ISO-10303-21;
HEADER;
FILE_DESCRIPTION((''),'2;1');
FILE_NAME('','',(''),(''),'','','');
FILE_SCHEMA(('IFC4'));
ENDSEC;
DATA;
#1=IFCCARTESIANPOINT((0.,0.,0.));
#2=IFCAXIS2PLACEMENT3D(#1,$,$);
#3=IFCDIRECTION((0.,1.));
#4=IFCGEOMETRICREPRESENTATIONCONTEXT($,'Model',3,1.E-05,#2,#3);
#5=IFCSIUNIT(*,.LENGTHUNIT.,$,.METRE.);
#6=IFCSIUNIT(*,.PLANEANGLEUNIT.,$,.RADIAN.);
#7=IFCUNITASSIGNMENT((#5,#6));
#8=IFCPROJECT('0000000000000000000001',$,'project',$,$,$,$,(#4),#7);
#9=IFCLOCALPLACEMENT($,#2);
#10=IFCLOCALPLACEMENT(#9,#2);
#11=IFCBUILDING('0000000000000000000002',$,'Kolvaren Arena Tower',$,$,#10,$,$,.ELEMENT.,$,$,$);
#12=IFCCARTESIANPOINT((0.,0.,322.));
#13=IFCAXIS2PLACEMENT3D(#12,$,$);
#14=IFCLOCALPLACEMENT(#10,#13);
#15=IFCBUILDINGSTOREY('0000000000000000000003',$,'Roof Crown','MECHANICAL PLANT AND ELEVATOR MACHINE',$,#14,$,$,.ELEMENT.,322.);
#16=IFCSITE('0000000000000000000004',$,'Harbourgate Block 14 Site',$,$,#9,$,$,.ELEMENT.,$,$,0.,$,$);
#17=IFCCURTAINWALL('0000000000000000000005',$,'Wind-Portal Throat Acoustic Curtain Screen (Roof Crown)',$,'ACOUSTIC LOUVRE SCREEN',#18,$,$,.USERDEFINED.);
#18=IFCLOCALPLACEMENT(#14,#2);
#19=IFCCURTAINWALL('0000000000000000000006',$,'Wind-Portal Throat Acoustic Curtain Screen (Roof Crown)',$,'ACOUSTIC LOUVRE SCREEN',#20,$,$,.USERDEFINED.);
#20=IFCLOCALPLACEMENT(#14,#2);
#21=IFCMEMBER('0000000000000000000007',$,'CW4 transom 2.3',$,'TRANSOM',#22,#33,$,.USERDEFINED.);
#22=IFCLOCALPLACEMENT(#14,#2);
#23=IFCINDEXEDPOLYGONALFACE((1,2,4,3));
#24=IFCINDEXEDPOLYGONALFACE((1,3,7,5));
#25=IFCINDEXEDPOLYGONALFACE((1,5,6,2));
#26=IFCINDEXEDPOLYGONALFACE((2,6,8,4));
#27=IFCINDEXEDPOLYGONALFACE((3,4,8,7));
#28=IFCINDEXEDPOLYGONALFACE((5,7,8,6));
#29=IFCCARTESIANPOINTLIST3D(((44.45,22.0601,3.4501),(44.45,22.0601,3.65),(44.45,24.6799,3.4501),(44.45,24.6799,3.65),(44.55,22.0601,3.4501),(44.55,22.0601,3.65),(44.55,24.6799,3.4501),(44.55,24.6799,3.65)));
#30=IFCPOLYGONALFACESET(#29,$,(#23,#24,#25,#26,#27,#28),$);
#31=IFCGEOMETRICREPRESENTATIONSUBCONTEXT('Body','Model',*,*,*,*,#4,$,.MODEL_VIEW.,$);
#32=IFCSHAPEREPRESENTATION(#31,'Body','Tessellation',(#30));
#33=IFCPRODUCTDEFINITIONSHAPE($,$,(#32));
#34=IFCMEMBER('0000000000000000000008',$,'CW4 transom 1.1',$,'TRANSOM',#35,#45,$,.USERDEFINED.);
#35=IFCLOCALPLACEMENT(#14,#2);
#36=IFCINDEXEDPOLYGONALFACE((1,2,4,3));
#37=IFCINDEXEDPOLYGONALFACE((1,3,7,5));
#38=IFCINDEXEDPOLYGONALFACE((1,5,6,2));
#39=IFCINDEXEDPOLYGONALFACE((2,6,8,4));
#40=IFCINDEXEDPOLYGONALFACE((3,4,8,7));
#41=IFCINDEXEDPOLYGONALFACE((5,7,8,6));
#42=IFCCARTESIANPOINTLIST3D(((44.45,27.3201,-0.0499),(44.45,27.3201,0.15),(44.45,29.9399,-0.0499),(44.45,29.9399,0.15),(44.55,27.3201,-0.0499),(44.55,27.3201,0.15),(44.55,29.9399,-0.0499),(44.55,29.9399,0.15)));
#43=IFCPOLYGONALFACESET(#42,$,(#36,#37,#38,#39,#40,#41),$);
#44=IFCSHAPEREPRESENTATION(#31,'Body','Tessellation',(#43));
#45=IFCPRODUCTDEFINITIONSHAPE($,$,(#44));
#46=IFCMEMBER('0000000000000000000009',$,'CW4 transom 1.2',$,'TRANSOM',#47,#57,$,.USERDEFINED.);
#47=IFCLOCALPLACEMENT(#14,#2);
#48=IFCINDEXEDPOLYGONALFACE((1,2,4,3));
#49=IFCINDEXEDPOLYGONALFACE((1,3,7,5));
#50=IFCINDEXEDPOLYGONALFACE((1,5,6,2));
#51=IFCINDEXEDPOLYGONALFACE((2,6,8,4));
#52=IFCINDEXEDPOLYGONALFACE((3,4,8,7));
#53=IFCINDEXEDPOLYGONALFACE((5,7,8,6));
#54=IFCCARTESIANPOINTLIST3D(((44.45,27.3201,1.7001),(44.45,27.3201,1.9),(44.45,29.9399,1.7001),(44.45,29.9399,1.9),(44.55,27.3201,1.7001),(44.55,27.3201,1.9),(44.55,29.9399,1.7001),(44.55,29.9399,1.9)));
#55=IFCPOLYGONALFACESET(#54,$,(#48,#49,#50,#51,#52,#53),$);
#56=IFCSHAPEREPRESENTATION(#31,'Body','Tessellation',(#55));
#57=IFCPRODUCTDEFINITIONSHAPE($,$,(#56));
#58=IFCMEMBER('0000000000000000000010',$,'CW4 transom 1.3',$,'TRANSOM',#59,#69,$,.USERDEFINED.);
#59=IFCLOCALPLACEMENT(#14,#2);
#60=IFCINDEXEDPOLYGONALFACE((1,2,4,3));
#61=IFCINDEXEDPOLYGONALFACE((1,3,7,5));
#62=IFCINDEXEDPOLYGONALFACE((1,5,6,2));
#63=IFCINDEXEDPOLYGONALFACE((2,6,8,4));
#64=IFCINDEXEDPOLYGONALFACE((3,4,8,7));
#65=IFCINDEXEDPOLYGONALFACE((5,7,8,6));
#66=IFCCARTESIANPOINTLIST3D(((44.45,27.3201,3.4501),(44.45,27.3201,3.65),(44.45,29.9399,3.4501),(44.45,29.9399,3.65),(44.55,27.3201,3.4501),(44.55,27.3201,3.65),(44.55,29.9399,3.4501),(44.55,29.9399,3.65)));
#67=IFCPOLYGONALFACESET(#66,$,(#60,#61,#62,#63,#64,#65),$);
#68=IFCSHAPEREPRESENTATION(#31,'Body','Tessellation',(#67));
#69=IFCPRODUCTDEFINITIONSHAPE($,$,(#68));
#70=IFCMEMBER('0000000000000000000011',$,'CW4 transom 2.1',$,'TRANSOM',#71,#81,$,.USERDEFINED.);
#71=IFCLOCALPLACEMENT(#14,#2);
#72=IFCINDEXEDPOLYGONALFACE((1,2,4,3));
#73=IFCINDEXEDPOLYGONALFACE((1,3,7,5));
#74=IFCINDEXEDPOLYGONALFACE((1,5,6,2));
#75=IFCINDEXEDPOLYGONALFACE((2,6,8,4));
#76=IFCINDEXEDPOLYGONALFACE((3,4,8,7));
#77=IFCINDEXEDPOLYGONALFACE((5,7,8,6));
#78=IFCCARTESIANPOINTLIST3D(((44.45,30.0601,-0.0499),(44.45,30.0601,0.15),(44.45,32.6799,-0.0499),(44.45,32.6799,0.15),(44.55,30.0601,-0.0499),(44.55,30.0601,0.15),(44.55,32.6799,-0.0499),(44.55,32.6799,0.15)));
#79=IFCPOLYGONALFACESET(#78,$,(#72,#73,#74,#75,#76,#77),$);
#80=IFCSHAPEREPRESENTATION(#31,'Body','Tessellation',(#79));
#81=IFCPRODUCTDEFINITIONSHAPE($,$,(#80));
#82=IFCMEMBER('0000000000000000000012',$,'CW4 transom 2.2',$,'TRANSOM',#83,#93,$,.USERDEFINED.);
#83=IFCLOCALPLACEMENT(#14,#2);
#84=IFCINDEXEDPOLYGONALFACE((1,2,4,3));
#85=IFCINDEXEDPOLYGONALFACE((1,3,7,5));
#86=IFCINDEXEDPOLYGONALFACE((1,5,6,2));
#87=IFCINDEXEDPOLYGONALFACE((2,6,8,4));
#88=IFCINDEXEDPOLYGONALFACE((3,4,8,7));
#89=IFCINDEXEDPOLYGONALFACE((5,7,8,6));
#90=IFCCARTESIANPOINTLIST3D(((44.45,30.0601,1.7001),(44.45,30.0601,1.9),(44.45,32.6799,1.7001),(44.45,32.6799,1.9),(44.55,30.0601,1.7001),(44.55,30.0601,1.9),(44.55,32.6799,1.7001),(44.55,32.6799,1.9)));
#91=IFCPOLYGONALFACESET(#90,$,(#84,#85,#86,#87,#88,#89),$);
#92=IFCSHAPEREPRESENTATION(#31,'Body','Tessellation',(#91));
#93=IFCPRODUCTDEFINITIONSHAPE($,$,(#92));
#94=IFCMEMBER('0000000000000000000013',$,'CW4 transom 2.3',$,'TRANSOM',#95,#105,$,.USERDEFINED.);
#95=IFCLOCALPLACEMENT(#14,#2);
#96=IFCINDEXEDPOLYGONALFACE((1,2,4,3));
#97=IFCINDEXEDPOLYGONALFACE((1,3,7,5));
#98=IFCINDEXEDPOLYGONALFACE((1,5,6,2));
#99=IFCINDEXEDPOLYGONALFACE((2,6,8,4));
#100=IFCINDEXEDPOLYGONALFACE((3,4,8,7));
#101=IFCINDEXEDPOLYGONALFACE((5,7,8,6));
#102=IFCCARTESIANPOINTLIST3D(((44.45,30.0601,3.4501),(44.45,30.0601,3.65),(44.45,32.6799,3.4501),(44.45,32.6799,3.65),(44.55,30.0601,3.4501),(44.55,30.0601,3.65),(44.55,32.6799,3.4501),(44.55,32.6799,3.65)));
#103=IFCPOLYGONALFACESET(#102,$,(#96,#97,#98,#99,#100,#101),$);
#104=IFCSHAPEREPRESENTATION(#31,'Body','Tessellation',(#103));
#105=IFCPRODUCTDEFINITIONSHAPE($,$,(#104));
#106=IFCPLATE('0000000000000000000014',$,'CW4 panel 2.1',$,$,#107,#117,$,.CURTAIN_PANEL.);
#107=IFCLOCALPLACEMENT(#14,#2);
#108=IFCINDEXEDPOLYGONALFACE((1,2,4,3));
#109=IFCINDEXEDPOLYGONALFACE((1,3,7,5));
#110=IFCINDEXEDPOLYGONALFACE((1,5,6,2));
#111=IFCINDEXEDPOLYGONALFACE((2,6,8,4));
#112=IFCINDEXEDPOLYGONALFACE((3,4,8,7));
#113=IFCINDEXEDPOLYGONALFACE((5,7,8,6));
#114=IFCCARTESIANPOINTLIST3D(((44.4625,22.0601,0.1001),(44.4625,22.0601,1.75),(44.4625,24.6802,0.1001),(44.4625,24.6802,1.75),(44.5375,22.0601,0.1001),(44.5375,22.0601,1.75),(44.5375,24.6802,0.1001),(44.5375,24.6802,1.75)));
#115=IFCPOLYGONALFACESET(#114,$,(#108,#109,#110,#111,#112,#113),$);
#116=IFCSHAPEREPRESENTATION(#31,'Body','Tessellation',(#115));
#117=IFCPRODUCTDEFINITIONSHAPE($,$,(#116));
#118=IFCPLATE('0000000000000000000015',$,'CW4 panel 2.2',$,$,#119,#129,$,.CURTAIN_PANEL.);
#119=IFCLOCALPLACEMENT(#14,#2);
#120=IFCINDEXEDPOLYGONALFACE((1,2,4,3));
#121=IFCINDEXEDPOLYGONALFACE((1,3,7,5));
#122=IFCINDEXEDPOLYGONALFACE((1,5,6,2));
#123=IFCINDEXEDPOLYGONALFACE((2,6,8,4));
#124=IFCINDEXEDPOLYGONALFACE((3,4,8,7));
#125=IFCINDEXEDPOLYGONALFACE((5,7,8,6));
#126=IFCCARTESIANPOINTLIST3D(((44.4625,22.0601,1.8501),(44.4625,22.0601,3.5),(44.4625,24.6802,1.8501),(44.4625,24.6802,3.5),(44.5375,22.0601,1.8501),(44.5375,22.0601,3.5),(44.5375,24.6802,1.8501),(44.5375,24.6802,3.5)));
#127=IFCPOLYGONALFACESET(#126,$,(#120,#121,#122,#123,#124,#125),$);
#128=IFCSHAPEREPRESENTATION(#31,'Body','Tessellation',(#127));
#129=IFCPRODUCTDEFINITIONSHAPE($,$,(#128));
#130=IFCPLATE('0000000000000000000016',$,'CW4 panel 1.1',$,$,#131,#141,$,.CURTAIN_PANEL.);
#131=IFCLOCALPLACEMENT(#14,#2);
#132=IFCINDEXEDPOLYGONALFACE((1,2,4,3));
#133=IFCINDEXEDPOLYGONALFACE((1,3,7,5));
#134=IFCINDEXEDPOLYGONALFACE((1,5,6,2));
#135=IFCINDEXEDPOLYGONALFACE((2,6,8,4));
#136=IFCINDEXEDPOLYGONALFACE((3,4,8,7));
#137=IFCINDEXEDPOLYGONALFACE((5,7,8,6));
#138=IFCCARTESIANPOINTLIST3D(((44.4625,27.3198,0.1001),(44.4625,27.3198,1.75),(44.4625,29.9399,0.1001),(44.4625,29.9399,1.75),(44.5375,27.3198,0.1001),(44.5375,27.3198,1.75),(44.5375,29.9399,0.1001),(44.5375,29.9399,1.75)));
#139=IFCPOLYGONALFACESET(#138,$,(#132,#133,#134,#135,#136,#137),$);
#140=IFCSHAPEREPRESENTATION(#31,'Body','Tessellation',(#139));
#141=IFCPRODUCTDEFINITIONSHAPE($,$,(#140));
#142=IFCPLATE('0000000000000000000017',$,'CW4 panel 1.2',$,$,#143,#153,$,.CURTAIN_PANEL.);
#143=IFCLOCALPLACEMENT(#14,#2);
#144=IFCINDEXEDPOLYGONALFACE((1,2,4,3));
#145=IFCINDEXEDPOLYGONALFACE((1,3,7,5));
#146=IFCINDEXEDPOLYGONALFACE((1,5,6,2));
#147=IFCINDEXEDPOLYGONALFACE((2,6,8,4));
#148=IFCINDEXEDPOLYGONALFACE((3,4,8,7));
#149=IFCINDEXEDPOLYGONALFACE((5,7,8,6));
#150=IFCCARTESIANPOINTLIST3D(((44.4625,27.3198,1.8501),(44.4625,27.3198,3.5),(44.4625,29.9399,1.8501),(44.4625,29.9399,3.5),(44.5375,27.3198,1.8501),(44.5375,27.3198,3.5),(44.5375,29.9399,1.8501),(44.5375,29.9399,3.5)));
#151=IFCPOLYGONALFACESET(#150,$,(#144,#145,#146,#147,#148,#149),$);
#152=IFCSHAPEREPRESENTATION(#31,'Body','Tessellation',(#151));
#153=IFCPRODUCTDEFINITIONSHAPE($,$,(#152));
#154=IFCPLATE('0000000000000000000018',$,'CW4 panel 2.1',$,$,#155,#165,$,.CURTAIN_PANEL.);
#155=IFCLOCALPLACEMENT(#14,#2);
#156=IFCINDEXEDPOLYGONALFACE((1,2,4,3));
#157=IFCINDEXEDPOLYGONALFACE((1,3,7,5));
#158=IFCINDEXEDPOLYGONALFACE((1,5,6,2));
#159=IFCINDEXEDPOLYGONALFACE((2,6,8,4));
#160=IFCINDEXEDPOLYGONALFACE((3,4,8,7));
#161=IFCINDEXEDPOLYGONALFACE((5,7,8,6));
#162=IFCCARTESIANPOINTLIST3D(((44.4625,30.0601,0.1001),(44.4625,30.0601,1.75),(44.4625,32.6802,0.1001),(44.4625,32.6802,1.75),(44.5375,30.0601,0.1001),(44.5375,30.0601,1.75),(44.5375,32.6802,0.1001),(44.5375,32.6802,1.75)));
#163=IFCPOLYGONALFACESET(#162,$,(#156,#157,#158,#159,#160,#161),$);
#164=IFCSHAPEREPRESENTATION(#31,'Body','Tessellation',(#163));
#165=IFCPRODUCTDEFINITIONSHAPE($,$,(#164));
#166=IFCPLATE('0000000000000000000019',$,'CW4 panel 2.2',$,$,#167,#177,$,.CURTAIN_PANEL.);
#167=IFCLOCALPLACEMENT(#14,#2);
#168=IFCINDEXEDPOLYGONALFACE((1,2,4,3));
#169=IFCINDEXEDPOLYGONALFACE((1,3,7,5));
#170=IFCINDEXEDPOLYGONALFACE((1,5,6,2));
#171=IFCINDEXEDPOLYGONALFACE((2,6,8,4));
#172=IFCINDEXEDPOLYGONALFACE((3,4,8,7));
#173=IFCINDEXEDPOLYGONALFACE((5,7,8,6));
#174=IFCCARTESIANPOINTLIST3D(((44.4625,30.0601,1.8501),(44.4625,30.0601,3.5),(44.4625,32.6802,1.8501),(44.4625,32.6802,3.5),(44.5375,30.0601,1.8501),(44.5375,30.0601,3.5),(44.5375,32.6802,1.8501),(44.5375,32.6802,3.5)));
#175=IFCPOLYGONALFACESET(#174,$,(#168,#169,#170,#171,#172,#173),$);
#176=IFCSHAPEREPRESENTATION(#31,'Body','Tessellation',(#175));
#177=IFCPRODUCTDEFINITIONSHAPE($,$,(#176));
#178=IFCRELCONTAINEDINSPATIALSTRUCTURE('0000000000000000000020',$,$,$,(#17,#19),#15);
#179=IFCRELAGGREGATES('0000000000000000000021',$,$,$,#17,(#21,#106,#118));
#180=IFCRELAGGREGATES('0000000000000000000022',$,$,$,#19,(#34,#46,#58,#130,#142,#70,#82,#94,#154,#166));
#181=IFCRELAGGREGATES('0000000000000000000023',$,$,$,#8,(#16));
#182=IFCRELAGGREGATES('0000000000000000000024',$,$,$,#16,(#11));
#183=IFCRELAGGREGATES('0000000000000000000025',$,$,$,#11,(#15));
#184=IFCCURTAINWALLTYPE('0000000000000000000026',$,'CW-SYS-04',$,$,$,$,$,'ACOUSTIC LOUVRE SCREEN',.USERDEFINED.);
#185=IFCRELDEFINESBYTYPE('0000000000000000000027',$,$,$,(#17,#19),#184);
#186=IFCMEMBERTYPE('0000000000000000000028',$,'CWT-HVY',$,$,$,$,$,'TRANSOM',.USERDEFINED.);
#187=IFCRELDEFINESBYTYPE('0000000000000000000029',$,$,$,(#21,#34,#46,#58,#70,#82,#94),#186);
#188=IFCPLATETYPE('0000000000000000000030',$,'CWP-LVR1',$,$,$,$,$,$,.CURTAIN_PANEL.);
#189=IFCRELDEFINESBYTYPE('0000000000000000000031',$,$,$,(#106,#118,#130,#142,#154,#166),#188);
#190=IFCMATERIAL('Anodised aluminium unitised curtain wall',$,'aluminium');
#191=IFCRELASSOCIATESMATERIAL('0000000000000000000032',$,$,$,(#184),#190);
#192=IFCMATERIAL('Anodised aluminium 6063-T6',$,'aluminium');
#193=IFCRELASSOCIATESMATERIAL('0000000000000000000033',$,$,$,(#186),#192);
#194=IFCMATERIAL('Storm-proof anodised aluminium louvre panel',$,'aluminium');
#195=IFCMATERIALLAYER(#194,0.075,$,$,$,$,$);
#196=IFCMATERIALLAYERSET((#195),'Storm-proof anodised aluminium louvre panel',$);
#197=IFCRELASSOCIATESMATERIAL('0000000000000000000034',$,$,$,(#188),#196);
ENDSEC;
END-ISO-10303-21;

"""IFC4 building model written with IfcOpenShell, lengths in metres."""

from ifc_helpers import new_model, si_unit, direction, frame, origin, origin_2d, place, context, subcontext, project, spatial, rectangle, extrude, material, layer, layer_set, material_profile, profile_set, type_object, element, aggregate, save


model = new_model("IFC4")

# Units and contexts
model_context = context("Model", 3, precision=1e-05, world=origin(), true_north=direction((0.0, 1.0)))
body_context = subcontext(model_context, "Body", "Model", "MODEL_VIEW")
ifc_project = project(units=[si_unit("LENGTHUNIT", "METRE"), si_unit("PLANEANGLEUNIT", "RADIAN")], contexts=[model_context])

# Site, building, storey
site_placement = place(None, origin())
site = spatial("IfcSite", under=ifc_project, at=site_placement, Name="Harbourgate Block 14 Site", CompositionType="ELEMENT", RefElevation=0.0)
building_placement = place(site_placement, origin())
building = spatial("IfcBuilding", under=site, at=building_placement, Name="Kolvaren Arena Tower", CompositionType="ELEMENT")
storey_placement = place(building_placement, frame((0.0, 0.0, 322.0)))
storey = spatial("IfcBuildingStorey", under=building, at=storey_placement, Name="Roof Crown", Description="MECHANICAL PLANT AND ELEVATOR MACHINE", CompositionType="ELEMENT", Elevation=322.0)

# Curtain walls
ifc_material_1 = material(Name="Anodised aluminium unitised curtain wall", Category="aluminium")
curtain_wall_type = type_object("IfcCurtainWallType", Name="CW-SYS-04", ElementType="ACOUSTIC LOUVRE SCREEN", PredefinedType="USERDEFINED", material=ifc_material_1)
curtain_wall_1_placement = place(storey_placement, origin())
curtain_wall_1 = element("IfcCurtainWall", 1, at=curtain_wall_1_placement, inside=storey, type_object=curtain_wall_type, Name="Wind-Portal Throat Acoustic Curtain Screen (Roof Crown)", ObjectType="ACOUSTIC LOUVRE SCREEN", PredefinedType="USERDEFINED")
ifc_material_2 = material(Name="Anodised aluminium 6063-T6", Category="aluminium")
curtain_wall_2_placement = place(storey_placement, origin())
curtain_wall_2 = element("IfcCurtainWall", 2, at=curtain_wall_2_placement, inside=storey, type_object=curtain_wall_type, Name="Wind-Portal Throat Acoustic Curtain Screen (Roof Crown)", ObjectType="ACOUSTIC LOUVRE SCREEN", PredefinedType="USERDEFINED")

# Members
ifc_material_profile_1 = material_profile(ifc_material_2, rectangle(XDim=0.1001, YDim=0.2, at=origin_2d()), Name="ALU-100x200")
ifc_profile_set_1 = profile_set([ifc_material_profile_1], Name="Anodised aluminium 6063-T6")
member_type_1 = type_object("IfcMemberType", Name="CWT-HVY", ElementType="TRANSOM", PredefinedType="USERDEFINED", material=ifc_profile_set_1)
member_1_placement = place(storey_placement, frame((44.5, 22.0601, 3.55), z_axis=(0.0, 1.0, 0.0), x_axis=(-1.0, 0.0, 0.0)))
member_1 = element("IfcMember", 3, at=member_1_placement, type_object=member_type_1, Name="CW4 transom 2.3", ObjectType="TRANSOM", PredefinedType="USERDEFINED", context=body_context, shape_type="SweptSolid", body=[
    extrude(rectangle(XDim=0.1001, YDim=0.2, at=origin_2d()), origin(), (0.0, 0.0, 1.0), 2.6199),
])
member_2_placement = place(storey_placement, frame((44.5, 27.3201, 0.05), z_axis=(0.0, 1.0, 0.0), x_axis=(-1.0, 0.0, 0.0)))
member_2 = element("IfcMember", 4, at=member_2_placement, type_object=member_type_1, Name="CW4 transom 1.1", ObjectType="TRANSOM", PredefinedType="USERDEFINED", context=body_context, shape_type="SweptSolid", body=[
    extrude(rectangle(XDim=0.1001, YDim=0.2, at=origin_2d()), origin(), (0.0, 0.0, 1.0), 2.6199),
])
member_3_placement = place(storey_placement, frame((44.5, 27.3201, 1.8), z_axis=(0.0, 1.0, 0.0), x_axis=(-1.0, 0.0, 0.0)))
member_3 = element("IfcMember", 5, at=member_3_placement, type_object=member_type_1, Name="CW4 transom 1.2", ObjectType="TRANSOM", PredefinedType="USERDEFINED", context=body_context, shape_type="SweptSolid", body=[
    extrude(rectangle(XDim=0.1001, YDim=0.2, at=origin_2d()), origin(), (0.0, 0.0, 1.0), 2.6199),
])
member_4_placement = place(storey_placement, frame((44.5, 27.3201, 3.55), z_axis=(0.0, 1.0, 0.0), x_axis=(-1.0, 0.0, 0.0)))
member_4 = element("IfcMember", 6, at=member_4_placement, type_object=member_type_1, Name="CW4 transom 1.3", ObjectType="TRANSOM", PredefinedType="USERDEFINED", context=body_context, shape_type="SweptSolid", body=[
    extrude(rectangle(XDim=0.1001, YDim=0.2, at=origin_2d()), origin(), (0.0, 0.0, 1.0), 2.6199),
])
member_5_placement = place(storey_placement, frame((44.5, 30.0601, 0.05), z_axis=(0.0, 1.0, 0.0), x_axis=(-1.0, 0.0, 0.0)))
member_5 = element("IfcMember", 7, at=member_5_placement, type_object=member_type_1, Name="CW4 transom 2.1", ObjectType="TRANSOM", PredefinedType="USERDEFINED", context=body_context, shape_type="SweptSolid", body=[
    extrude(rectangle(XDim=0.1001, YDim=0.2, at=origin_2d()), origin(), (0.0, 0.0, 1.0), 2.6199),
])
member_6_placement = place(storey_placement, frame((44.5, 30.0601, 1.8), z_axis=(0.0, 1.0, 0.0), x_axis=(-1.0, 0.0, 0.0)))
member_6 = element("IfcMember", 8, at=member_6_placement, type_object=member_type_1, Name="CW4 transom 2.2", ObjectType="TRANSOM", PredefinedType="USERDEFINED", context=body_context, shape_type="SweptSolid", body=[
    extrude(rectangle(XDim=0.1001, YDim=0.2, at=origin_2d()), origin(), (0.0, 0.0, 1.0), 2.6199),
])
member_7_placement = place(storey_placement, frame((44.5, 30.0601, 3.55), z_axis=(0.0, 1.0, 0.0), x_axis=(-1.0, 0.0, 0.0)))
member_7 = element("IfcMember", 9, at=member_7_placement, type_object=member_type_1, Name="CW4 transom 2.3", ObjectType="TRANSOM", PredefinedType="USERDEFINED", context=body_context, shape_type="SweptSolid", body=[
    extrude(rectangle(XDim=0.1001, YDim=0.2, at=origin_2d()), origin(), (0.0, 0.0, 1.0), 2.6199),
])

# Plates
ifc_material_3 = material(Name="Storm-proof anodised aluminium louvre panel", Category="aluminium")
ifc_layer = layer(ifc_material_3, 0.075)
ifc_layer_set = layer_set([ifc_layer], Name="Storm-proof anodised aluminium louvre panel")
plate_type = type_object("IfcPlateType", Name="CWP-LVR1", PredefinedType="CURTAIN_PANEL", material=ifc_layer_set)
plate_1_placement = place(storey_placement, frame((44.5, 23.3701, 0.1001), z_axis=(0.0, 0.0, 1.0), x_axis=(0.0, 1.0, 0.0)))
plate_1 = element("IfcPlate", 10, at=plate_1_placement, type_object=plate_type, Name="CW4 panel 2.1", PredefinedType="CURTAIN_PANEL", context=body_context, shape_type="SweptSolid", body=[
    extrude(rectangle(XDim=2.6201, YDim=0.075, at=origin_2d()), origin(), (0.0, 0.0, 1.0), 1.6499),
])
plate_2_placement = place(storey_placement, frame((44.5, 23.3701, 1.8501), z_axis=(0.0, 0.0, 1.0), x_axis=(0.0, 1.0, 0.0)))
plate_2 = element("IfcPlate", 11, at=plate_2_placement, type_object=plate_type, Name="CW4 panel 2.2", PredefinedType="CURTAIN_PANEL", context=body_context, shape_type="SweptSolid", body=[
    extrude(rectangle(XDim=2.6201, YDim=0.075, at=origin_2d()), origin(), (0.0, 0.0, 1.0), 1.6499),
])
aggregate(curtain_wall_1, [member_1, plate_1, plate_2])
plate_3_placement = place(storey_placement, frame((44.5, 28.6299, 0.1001), z_axis=(0.0, 0.0, 1.0), x_axis=(0.0, 1.0, 0.0)))
plate_3 = element("IfcPlate", 12, at=plate_3_placement, type_object=plate_type, Name="CW4 panel 1.1", PredefinedType="CURTAIN_PANEL", context=body_context, shape_type="SweptSolid", body=[
    extrude(rectangle(XDim=2.6201, YDim=0.075, at=origin_2d()), origin(), (0.0, 0.0, 1.0), 1.6499),
])
plate_4_placement = place(storey_placement, frame((44.5, 28.6299, 1.8501), z_axis=(0.0, 0.0, 1.0), x_axis=(0.0, 1.0, 0.0)))
plate_4 = element("IfcPlate", 13, at=plate_4_placement, type_object=plate_type, Name="CW4 panel 1.2", PredefinedType="CURTAIN_PANEL", context=body_context, shape_type="SweptSolid", body=[
    extrude(rectangle(XDim=2.6201, YDim=0.075, at=origin_2d()), origin(), (0.0, 0.0, 1.0), 1.6499),
])
plate_5_placement = place(storey_placement, frame((44.5, 31.3701, 0.1001), z_axis=(0.0, 0.0, 1.0), x_axis=(0.0, 1.0, 0.0)))
plate_5 = element("IfcPlate", 14, at=plate_5_placement, type_object=plate_type, Name="CW4 panel 2.1", PredefinedType="CURTAIN_PANEL", context=body_context, shape_type="SweptSolid", body=[
    extrude(rectangle(XDim=2.6201, YDim=0.075, at=origin_2d()), origin(), (0.0, 0.0, 1.0), 1.6499),
])
plate_6_placement = place(storey_placement, frame((44.5, 31.3701, 1.8501), z_axis=(0.0, 0.0, 1.0), x_axis=(0.0, 1.0, 0.0)))
plate_6 = element("IfcPlate", 15, at=plate_6_placement, type_object=plate_type, Name="CW4 panel 2.2", PredefinedType="CURTAIN_PANEL", context=body_context, shape_type="SweptSolid", body=[
    extrude(rectangle(XDim=2.6201, YDim=0.075, at=origin_2d()), origin(), (0.0, 0.0, 1.0), 1.6499),
])
aggregate(curtain_wall_2, [member_2, member_3, member_4, plate_3, plate_4, member_5, member_6, member_7, plate_5, plate_6])

save(model, "model.ifc")
